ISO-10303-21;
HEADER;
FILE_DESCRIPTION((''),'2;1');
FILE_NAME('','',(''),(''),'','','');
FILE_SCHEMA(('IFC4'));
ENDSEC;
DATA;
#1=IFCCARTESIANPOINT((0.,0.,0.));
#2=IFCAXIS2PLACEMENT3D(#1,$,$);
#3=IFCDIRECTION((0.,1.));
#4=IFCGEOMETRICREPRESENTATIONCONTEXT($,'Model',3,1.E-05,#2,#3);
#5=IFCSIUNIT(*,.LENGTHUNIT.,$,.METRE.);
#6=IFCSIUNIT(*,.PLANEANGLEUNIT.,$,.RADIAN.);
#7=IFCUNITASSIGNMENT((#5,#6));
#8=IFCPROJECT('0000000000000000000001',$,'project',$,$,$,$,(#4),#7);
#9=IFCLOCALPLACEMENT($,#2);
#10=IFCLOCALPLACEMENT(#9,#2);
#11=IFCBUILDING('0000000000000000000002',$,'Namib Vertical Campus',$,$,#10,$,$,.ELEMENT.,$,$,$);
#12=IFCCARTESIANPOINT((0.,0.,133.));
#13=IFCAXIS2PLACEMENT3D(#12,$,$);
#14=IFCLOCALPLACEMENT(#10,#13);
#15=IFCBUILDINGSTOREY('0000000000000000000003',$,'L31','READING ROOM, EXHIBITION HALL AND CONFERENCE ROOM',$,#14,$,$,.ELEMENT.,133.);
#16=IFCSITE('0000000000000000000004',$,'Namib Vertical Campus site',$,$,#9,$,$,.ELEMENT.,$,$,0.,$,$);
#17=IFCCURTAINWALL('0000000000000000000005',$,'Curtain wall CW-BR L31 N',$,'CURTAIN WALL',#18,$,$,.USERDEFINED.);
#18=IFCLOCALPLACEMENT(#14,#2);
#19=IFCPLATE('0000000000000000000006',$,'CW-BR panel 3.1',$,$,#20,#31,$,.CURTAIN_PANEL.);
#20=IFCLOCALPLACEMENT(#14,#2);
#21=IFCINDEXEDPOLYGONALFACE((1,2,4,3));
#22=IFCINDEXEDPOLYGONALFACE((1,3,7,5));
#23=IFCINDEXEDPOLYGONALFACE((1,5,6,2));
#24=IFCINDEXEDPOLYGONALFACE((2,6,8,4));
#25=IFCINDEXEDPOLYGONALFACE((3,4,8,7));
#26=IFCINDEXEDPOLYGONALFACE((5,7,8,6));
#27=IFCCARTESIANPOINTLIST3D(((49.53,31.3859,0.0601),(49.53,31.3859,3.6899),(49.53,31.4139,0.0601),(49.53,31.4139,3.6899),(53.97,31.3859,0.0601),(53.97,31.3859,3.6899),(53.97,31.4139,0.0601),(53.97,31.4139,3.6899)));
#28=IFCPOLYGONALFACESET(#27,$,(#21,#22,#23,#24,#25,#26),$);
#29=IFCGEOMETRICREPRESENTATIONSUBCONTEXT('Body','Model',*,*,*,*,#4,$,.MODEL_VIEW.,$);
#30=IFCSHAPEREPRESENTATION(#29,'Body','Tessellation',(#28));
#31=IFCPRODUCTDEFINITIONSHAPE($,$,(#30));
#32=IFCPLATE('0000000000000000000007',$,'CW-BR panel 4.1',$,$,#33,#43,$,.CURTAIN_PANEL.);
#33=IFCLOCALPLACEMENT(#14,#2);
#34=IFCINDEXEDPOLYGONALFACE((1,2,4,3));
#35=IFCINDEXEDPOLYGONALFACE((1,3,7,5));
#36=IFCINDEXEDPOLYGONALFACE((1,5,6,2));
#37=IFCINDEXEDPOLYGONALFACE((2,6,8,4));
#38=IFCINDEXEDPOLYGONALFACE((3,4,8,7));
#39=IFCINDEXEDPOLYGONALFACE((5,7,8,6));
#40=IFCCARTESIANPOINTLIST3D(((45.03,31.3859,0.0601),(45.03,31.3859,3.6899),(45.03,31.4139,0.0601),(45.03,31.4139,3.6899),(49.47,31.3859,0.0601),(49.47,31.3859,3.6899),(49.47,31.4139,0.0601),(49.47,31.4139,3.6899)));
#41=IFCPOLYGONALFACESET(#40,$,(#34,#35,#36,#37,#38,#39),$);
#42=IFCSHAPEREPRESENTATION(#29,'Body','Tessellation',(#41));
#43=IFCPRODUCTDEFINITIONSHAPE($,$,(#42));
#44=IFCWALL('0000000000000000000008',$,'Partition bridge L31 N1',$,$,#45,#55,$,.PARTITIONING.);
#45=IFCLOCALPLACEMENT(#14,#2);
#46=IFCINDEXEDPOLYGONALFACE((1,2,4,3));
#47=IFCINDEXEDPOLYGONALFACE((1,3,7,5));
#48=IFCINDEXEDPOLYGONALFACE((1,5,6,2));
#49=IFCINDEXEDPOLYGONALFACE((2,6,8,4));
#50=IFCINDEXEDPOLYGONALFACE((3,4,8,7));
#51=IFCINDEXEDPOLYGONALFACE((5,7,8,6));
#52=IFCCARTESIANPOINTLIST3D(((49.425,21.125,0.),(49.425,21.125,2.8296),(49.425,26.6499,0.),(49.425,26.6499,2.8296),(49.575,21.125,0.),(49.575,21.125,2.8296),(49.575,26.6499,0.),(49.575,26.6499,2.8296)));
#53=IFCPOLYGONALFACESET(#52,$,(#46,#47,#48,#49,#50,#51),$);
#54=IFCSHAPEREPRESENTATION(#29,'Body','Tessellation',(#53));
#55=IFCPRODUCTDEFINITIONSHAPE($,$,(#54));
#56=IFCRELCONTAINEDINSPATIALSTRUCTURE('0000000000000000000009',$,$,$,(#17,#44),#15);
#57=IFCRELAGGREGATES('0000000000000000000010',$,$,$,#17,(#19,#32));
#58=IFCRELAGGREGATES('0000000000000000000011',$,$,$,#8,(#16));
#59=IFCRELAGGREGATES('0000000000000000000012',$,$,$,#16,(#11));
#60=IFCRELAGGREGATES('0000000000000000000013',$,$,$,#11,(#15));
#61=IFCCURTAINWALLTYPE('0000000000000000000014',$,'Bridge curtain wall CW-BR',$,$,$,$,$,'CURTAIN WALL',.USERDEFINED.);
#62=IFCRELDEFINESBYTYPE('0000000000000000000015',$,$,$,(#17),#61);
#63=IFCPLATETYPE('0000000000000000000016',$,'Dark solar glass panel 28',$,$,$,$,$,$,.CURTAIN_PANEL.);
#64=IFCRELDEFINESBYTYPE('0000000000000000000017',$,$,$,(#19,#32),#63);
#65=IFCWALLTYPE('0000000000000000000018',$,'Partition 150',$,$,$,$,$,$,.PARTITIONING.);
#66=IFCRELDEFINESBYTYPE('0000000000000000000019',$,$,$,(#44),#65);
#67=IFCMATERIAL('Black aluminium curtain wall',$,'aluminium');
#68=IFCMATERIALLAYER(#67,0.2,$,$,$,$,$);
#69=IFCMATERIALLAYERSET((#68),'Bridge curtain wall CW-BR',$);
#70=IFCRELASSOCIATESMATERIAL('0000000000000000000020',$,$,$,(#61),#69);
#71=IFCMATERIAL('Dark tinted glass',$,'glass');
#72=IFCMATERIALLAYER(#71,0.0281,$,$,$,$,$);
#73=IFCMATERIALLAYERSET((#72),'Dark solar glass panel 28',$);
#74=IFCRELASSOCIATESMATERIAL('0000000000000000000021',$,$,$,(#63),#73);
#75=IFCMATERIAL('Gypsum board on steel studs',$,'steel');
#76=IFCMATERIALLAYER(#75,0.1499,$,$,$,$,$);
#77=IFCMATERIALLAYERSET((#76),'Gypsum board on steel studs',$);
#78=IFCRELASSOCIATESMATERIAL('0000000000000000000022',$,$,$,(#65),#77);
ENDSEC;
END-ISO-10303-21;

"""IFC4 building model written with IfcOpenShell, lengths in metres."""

from ifc_helpers import new_model, si_unit, direction, frame, frame_2d, origin, origin_2d, place, context, subcontext, project, spatial, rectangle, extrude, material, layer, layer_set, type_object, element, aggregate, save


model = new_model("IFC4")

# Units and contexts
model_context = context("Model", 3, precision=1e-05, world=origin(), true_north=direction((0.0, 1.0)))
body_context = subcontext(model_context, "Body", "Model", "MODEL_VIEW")
ifc_project = project(units=[si_unit("LENGTHUNIT", "METRE"), si_unit("PLANEANGLEUNIT", "RADIAN")], contexts=[model_context])

# Site, building, storey
site_placement = place(None, origin())
site = spatial("IfcSite", under=ifc_project, at=site_placement, Name="Namib Vertical Campus site", CompositionType="ELEMENT", RefElevation=0.0)
building_placement = place(site_placement, origin())
building = spatial("IfcBuilding", under=site, at=building_placement, Name="Namib Vertical Campus", CompositionType="ELEMENT")
storey_placement = place(building_placement, frame((0.0, 0.0, 133.0)))
storey = spatial("IfcBuildingStorey", under=building, at=storey_placement, Name="L31", Description="READING ROOM, EXHIBITION HALL AND CONFERENCE ROOM", CompositionType="ELEMENT", Elevation=133.0)

# Curtain wall, plates
ifc_material_1 = material(Name="Black aluminium curtain wall", Category="aluminium")
ifc_layer_1 = layer(ifc_material_1, 0.2)
ifc_layer_set_1 = layer_set([ifc_layer_1], Name="Bridge curtain wall CW-BR")
curtain_wall_type = type_object("IfcCurtainWallType", Name="Bridge curtain wall CW-BR", ElementType="CURTAIN WALL", PredefinedType="USERDEFINED", material=ifc_layer_set_1)
curtain_wall_placement = place(storey_placement, origin())
curtain_wall = element("IfcCurtainWall", 1, at=curtain_wall_placement, inside=storey, type_object=curtain_wall_type, Name="Curtain wall CW-BR L31 N", ObjectType="CURTAIN WALL", PredefinedType="USERDEFINED")
ifc_material_2 = material(Name="Dark tinted glass", Category="glass")
ifc_layer_2 = layer(ifc_material_2, 0.0281)
ifc_layer_set_2 = layer_set([ifc_layer_2], Name="Dark solar glass panel 28")
plate_type = type_object("IfcPlateType", Name="Dark solar glass panel 28", PredefinedType="CURTAIN_PANEL", material=ifc_layer_set_2)
plate_1_placement = place(storey_placement, frame((51.75, 31.3999, 0.0601), z_axis=(0.0, 0.0, 1.0), x_axis=(-1.0, 0.0, 0.0)))
plate_1 = element("IfcPlate", 2, at=plate_1_placement, type_object=plate_type, Name="CW-BR panel 3.1", PredefinedType="CURTAIN_PANEL", context=body_context, shape_type="SweptSolid", body=[
    extrude(rectangle(XDim=4.4399, YDim=0.0281, at=origin_2d()), origin(), (0.0, 0.0, 1.0), 3.6299),
])
plate_2_placement = place(storey_placement, frame((47.25, 31.3999, 0.0601), z_axis=(0.0, 0.0, 1.0), x_axis=(-1.0, 0.0, 0.0)))
plate_2 = element("IfcPlate", 3, at=plate_2_placement, type_object=plate_type, Name="CW-BR panel 4.1", PredefinedType="CURTAIN_PANEL", context=body_context, shape_type="SweptSolid", body=[
    extrude(rectangle(XDim=4.4399, YDim=0.0281, at=origin_2d()), origin(), (0.0, 0.0, 1.0), 3.6299),
])
aggregate(curtain_wall, [plate_1, plate_2])

# Wall
ifc_material_3 = material(Name="Gypsum board on steel studs", Category="steel")
ifc_layer_3 = layer(ifc_material_3, 0.1499)
ifc_layer_set_3 = layer_set([ifc_layer_3], Name="Gypsum board on steel studs")
wall_type = type_object("IfcWallType", Name="Partition 150", PredefinedType="PARTITIONING", material=ifc_layer_set_3)
wall_placement = place(storey_placement, frame((49.5, 26.6499, 0.0), z_axis=(0.0, 0.0, 1.0), x_axis=(0.0, -1.0, 0.0)))
element("IfcWall", 4, at=wall_placement, inside=storey, type_object=wall_type, Name="Partition bridge L31 N1", PredefinedType="PARTITIONING", context=body_context, shape_type="SweptSolid", body=[
    extrude(rectangle(XDim=5.5249, YDim=0.1499, at=frame_2d((2.7625, 0.0))), origin(), (0.0, 0.0, 1.0), 2.8296),
])

save(model, "model.ifc")
